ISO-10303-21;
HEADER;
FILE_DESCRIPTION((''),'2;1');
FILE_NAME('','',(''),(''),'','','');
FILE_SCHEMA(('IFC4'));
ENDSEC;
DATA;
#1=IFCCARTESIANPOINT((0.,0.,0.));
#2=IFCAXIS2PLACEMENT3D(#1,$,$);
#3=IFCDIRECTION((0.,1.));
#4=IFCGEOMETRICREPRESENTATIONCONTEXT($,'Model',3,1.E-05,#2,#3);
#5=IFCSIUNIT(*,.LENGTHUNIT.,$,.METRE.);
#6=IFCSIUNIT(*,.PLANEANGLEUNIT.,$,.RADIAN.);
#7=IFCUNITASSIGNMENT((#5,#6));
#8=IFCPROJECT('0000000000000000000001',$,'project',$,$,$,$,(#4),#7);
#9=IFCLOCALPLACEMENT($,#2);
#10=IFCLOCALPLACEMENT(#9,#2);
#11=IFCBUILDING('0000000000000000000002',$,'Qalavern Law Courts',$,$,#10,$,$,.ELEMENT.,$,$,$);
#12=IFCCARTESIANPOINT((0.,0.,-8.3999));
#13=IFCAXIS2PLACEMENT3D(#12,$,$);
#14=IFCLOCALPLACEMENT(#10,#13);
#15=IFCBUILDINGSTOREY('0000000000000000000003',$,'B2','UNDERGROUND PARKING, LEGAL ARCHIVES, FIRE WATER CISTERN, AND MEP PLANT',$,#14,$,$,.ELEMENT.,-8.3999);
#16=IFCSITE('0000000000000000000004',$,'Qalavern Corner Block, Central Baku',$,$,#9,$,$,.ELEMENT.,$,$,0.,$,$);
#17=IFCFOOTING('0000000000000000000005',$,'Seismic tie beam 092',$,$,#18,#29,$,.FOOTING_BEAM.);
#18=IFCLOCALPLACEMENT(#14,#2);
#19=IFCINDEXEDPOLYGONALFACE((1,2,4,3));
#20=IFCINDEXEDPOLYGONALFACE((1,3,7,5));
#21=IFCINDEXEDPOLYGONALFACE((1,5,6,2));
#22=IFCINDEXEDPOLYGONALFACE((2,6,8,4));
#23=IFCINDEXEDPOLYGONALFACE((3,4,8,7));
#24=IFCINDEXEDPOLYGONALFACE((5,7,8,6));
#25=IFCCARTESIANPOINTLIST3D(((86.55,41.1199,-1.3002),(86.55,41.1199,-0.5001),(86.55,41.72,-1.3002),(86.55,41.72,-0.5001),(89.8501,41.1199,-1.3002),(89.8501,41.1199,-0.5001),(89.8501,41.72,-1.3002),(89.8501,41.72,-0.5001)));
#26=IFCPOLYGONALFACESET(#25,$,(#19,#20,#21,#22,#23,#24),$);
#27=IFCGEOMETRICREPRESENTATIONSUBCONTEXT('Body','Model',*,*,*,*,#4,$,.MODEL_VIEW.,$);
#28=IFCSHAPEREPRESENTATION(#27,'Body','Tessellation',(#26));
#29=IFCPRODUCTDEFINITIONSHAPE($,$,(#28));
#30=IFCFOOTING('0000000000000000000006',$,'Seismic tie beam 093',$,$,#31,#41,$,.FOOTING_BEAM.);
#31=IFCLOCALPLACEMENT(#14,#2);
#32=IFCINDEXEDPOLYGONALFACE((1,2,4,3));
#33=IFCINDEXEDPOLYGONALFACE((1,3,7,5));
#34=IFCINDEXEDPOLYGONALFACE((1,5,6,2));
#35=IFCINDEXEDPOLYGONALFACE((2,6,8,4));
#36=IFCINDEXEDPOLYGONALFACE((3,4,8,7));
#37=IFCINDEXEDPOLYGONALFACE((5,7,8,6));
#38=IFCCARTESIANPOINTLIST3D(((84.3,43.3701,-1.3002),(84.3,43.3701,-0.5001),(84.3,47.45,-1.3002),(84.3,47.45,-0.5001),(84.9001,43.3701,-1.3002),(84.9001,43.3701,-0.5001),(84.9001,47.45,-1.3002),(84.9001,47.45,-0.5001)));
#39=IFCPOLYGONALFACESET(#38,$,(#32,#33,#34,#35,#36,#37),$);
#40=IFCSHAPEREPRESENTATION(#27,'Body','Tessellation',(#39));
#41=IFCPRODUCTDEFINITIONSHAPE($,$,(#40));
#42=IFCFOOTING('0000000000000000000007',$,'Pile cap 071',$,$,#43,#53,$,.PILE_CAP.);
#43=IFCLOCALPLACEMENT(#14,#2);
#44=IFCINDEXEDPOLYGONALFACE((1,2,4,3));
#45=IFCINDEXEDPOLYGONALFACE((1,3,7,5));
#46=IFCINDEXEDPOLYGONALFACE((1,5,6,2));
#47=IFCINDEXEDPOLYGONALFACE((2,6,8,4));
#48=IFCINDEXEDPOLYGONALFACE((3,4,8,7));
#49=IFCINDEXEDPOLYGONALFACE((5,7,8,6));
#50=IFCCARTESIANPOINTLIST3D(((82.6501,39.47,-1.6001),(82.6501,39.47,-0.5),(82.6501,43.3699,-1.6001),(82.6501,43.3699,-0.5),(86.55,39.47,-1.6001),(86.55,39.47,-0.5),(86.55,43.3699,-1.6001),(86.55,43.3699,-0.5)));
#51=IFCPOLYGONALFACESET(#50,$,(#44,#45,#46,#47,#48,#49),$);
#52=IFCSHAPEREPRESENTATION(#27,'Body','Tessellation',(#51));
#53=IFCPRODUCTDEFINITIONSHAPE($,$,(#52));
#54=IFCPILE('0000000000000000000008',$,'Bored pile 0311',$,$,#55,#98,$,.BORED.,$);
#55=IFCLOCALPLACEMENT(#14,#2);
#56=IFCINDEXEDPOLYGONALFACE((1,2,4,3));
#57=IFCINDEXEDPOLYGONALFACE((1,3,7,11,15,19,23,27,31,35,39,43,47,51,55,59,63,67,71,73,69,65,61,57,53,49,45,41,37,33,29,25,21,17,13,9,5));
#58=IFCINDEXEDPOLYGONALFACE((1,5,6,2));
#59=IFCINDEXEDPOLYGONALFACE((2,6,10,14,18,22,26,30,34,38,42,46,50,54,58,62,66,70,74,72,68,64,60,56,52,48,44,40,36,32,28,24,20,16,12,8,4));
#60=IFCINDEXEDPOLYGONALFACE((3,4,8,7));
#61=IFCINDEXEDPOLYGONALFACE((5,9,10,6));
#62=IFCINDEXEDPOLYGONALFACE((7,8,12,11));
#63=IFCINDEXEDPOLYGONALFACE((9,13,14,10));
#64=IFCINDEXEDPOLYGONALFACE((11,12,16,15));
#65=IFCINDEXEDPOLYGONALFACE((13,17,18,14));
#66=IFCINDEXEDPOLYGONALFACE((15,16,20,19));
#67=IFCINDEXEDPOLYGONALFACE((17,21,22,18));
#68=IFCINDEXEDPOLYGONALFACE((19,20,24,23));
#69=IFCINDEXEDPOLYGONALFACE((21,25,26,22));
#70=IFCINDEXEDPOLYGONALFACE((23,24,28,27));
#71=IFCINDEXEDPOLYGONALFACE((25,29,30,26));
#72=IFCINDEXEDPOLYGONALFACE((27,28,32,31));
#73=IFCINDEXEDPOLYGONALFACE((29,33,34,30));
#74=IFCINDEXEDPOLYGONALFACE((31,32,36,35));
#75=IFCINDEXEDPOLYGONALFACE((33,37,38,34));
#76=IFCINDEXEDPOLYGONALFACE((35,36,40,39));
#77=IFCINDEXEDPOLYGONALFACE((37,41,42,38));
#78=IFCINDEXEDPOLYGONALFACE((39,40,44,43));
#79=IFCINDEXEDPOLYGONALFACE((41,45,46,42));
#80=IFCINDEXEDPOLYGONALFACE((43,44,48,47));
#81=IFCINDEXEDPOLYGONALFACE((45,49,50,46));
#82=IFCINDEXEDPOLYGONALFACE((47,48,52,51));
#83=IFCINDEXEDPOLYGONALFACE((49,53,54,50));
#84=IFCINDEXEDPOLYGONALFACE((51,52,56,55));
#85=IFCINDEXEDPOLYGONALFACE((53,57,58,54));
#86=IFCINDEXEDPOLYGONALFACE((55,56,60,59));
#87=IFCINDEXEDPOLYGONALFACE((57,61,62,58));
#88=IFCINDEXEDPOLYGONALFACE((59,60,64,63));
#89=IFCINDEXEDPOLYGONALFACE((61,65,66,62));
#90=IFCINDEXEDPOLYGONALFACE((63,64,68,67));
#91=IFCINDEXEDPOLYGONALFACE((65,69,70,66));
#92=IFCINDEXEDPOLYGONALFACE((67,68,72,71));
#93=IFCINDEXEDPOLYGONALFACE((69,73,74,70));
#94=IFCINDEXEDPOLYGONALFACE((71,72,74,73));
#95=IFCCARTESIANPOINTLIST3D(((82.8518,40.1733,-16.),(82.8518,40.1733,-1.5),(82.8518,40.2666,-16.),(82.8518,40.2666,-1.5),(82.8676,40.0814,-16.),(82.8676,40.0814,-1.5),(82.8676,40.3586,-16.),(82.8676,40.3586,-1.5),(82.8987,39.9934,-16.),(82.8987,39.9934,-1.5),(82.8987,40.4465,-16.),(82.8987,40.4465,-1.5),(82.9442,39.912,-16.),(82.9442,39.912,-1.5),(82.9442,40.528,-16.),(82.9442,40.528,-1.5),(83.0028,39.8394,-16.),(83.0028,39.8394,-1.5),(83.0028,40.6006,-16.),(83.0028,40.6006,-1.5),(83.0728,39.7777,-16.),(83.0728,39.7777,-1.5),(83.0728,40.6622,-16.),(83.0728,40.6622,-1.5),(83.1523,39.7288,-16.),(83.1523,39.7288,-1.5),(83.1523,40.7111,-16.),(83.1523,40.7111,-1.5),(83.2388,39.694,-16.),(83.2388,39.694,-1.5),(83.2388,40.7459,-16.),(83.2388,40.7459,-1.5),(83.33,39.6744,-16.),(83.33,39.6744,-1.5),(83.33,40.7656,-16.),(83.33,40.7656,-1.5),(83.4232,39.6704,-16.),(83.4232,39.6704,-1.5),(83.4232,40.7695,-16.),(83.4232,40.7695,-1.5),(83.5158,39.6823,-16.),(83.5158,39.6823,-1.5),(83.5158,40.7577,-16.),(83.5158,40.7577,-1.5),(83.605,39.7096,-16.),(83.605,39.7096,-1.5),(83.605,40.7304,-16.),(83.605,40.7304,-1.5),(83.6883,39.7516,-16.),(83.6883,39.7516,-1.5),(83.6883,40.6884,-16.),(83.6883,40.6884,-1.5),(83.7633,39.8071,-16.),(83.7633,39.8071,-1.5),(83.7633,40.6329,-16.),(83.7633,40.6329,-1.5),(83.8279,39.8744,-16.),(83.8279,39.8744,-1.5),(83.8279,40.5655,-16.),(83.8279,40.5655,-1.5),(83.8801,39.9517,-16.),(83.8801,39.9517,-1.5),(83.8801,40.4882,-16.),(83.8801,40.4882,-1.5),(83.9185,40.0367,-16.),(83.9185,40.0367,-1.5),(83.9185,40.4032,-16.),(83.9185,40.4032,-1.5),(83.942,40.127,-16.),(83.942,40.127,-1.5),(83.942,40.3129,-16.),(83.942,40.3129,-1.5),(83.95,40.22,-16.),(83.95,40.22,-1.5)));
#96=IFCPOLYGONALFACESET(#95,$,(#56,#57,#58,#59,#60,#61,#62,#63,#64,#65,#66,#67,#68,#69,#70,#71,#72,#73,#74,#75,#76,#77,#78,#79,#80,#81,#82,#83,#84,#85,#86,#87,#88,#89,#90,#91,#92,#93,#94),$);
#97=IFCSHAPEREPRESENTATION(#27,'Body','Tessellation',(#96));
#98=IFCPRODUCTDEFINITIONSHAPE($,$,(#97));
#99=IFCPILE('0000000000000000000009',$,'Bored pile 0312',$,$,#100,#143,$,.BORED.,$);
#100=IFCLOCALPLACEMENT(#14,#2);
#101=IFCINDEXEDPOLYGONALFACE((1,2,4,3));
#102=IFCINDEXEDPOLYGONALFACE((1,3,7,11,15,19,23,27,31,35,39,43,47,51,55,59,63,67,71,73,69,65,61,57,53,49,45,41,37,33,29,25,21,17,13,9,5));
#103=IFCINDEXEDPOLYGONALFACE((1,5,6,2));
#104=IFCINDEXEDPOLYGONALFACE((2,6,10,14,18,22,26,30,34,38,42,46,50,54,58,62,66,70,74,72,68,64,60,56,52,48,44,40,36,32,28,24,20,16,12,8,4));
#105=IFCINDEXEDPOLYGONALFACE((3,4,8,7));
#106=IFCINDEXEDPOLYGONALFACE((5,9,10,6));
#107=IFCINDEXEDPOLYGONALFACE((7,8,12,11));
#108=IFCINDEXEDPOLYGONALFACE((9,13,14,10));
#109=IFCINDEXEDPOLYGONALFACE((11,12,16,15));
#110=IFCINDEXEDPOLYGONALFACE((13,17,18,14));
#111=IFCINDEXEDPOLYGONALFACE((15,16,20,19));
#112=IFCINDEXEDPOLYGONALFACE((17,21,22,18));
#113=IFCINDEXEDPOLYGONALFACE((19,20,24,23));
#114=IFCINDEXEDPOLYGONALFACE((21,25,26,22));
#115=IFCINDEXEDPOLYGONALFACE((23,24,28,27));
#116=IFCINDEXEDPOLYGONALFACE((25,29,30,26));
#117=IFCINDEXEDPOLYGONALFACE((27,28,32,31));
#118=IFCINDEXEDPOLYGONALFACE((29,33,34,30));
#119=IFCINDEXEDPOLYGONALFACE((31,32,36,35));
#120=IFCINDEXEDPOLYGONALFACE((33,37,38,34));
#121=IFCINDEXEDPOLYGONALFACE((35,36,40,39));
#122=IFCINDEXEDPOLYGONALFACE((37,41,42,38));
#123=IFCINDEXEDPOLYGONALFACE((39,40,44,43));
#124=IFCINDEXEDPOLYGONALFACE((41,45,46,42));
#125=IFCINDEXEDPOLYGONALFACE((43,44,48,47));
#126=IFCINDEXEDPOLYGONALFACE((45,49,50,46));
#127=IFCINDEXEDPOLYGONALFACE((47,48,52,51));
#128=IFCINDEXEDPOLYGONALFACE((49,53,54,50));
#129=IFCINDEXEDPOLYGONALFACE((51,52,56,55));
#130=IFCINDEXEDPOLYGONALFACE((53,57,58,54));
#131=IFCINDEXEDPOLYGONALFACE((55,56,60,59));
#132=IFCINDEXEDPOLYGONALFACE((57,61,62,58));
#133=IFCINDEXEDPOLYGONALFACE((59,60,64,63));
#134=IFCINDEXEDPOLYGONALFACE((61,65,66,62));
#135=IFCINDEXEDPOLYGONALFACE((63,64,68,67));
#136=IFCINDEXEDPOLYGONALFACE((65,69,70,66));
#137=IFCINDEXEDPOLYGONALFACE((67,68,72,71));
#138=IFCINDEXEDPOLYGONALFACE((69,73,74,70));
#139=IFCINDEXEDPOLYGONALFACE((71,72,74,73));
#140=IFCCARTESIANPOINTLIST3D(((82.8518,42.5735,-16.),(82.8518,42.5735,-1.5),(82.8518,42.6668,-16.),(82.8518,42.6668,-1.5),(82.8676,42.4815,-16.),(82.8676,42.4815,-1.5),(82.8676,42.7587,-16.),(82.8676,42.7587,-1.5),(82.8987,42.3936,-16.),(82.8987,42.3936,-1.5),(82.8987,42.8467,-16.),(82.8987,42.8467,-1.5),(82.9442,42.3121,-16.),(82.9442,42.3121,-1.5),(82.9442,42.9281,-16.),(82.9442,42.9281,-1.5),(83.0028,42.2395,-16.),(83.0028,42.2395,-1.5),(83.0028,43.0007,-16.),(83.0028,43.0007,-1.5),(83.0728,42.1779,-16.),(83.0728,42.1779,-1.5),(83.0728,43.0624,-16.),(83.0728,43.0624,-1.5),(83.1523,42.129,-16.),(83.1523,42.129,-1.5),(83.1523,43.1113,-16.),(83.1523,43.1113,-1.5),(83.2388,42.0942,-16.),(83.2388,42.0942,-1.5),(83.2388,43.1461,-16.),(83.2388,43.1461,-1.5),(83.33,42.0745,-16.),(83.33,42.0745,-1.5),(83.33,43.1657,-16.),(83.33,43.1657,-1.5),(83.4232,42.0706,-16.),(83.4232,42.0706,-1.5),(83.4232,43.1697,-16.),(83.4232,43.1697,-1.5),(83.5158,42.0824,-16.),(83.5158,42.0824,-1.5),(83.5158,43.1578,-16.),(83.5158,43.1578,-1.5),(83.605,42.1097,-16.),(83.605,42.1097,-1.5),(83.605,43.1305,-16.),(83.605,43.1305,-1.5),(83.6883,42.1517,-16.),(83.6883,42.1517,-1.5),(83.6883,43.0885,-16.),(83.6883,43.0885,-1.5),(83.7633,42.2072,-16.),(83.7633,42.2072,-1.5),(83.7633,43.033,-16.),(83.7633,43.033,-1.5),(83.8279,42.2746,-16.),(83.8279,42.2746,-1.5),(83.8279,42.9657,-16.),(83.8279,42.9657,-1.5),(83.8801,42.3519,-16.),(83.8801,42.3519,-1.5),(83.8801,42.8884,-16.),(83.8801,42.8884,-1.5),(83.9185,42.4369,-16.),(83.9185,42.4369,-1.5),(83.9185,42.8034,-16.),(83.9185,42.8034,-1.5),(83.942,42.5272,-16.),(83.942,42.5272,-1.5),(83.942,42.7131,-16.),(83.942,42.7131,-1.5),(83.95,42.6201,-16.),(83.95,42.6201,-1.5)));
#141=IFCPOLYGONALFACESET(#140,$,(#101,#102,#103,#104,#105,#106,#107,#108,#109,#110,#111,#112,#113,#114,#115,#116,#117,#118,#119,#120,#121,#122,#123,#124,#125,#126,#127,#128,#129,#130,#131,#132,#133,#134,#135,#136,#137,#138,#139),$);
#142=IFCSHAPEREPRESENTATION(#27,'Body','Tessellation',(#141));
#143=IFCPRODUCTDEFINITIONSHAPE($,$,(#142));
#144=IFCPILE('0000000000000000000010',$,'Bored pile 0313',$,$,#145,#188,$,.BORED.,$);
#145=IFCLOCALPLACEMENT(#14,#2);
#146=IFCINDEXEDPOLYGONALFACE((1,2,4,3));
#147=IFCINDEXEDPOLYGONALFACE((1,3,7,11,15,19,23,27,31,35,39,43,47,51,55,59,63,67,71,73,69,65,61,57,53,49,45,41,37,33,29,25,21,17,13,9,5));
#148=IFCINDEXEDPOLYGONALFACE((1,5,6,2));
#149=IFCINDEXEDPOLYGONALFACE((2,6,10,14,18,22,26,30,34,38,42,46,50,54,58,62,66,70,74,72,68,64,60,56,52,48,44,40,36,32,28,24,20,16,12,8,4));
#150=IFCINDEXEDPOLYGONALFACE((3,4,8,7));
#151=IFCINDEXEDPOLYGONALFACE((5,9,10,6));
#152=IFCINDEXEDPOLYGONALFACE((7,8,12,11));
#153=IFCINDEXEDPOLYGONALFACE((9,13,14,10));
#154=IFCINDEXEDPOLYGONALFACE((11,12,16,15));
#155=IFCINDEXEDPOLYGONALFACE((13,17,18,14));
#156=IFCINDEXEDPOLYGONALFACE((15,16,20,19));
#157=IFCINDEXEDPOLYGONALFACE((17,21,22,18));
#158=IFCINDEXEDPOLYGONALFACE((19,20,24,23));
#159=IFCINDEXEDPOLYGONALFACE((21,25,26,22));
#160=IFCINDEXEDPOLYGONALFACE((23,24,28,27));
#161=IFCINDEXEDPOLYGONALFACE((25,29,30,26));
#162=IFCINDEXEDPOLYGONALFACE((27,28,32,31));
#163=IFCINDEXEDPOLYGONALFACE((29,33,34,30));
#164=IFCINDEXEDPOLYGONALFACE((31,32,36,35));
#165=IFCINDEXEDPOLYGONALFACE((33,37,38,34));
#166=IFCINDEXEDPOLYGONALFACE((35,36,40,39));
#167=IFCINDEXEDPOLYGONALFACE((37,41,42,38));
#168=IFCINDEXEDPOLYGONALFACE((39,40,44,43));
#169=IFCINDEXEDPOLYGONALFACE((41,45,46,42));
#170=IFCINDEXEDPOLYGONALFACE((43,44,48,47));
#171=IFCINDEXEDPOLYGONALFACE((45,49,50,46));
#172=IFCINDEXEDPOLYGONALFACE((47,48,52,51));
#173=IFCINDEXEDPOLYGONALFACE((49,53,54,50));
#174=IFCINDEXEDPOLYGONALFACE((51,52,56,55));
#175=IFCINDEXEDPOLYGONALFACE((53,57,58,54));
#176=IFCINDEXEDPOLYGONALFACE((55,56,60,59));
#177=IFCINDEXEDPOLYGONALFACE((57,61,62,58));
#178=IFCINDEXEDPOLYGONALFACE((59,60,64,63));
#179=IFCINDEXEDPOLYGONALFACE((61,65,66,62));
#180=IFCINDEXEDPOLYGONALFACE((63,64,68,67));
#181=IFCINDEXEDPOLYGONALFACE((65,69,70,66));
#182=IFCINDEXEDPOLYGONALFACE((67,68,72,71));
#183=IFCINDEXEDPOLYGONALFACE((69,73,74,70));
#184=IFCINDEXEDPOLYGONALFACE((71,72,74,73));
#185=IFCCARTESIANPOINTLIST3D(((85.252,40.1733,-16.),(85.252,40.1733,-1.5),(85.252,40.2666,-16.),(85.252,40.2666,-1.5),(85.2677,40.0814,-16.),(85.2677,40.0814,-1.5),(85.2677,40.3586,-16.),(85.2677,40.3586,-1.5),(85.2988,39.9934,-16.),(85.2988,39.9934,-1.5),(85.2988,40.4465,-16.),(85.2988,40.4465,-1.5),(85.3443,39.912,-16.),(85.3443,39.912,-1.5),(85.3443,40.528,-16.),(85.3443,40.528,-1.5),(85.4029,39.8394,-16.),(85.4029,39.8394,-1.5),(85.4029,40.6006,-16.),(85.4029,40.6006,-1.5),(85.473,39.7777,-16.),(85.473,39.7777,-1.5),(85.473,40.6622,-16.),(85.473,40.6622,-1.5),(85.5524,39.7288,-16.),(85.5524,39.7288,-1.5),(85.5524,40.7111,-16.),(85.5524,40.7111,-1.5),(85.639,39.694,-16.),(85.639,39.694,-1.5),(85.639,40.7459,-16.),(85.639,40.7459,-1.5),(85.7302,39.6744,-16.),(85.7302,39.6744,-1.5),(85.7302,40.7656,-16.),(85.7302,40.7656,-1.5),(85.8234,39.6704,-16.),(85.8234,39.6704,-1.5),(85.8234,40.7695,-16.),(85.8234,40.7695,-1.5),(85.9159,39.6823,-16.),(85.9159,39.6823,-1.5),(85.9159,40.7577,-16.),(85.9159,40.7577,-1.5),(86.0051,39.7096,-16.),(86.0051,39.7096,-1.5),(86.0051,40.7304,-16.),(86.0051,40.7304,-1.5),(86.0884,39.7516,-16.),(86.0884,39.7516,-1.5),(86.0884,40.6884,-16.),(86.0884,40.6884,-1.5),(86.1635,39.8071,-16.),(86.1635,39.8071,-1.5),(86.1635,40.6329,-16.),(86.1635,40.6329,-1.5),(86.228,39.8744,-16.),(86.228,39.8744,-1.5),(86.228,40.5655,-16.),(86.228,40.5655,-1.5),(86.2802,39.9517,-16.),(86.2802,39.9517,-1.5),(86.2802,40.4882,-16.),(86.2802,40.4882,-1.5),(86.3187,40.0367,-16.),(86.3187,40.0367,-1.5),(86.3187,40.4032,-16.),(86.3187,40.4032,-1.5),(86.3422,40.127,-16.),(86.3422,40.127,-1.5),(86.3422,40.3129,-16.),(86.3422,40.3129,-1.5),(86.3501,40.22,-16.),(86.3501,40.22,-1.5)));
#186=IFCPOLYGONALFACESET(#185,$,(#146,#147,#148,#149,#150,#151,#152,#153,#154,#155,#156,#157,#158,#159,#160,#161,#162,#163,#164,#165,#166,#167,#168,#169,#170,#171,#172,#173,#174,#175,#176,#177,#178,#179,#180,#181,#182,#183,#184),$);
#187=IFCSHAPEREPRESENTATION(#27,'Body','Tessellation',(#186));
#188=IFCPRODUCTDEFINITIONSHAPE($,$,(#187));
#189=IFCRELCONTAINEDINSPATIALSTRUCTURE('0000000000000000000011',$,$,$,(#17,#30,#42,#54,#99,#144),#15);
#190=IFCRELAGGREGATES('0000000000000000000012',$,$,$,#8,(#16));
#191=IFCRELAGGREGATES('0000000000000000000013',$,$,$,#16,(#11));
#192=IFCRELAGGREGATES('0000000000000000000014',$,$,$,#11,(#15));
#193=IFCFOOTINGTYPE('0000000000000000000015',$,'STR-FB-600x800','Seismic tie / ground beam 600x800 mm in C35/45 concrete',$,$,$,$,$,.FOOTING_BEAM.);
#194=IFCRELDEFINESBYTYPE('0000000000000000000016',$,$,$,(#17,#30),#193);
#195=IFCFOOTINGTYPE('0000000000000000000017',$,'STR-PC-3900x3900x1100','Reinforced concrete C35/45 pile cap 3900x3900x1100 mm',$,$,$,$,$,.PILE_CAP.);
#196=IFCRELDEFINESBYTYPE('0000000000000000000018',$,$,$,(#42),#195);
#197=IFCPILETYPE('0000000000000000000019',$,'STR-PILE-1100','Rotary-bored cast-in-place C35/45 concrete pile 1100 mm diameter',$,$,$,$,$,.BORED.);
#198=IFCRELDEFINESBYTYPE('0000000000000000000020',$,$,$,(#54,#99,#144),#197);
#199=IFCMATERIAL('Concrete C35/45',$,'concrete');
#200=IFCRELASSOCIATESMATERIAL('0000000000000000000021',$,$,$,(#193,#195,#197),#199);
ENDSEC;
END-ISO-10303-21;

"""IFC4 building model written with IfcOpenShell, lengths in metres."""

from ifc_helpers import new_model, si_unit, direction, frame, origin, origin_2d, place, context, subcontext, project, spatial, rectangle, circle, extrude, material, material_profile, profile_set, type_object, element, save


model = new_model("IFC4")

# Units and contexts
model_context = context("Model", 3, precision=1e-05, world=origin(), true_north=direction((0.0, 1.0)))
body_context = subcontext(model_context, "Body", "Model", "MODEL_VIEW")
ifc_project = project(units=[si_unit("LENGTHUNIT", "METRE"), si_unit("PLANEANGLEUNIT", "RADIAN")], contexts=[model_context])

# Site, building, storey
site_placement = place(None, origin())
site = spatial("IfcSite", under=ifc_project, at=site_placement, Name="Qalavern Corner Block, Central Baku", CompositionType="ELEMENT", RefElevation=0.0)
building_placement = place(site_placement, origin())
building = spatial("IfcBuilding", under=site, at=building_placement, Name="Qalavern Law Courts", CompositionType="ELEMENT")
storey_placement = place(building_placement, frame((0.0, 0.0, -8.3999)))
storey = spatial("IfcBuildingStorey", under=building, at=storey_placement, Name="B2", Description="UNDERGROUND PARKING, LEGAL ARCHIVES, FIRE WATER CISTERN, AND MEP PLANT", CompositionType="ELEMENT", Elevation=-8.3999)

# Footings
ifc_material_1 = material(Name="Concrete C35/45", Category="concrete")
ifc_material_profile_1 = material_profile(ifc_material_1, rectangle(XDim=0.6001, YDim=0.8, at=origin_2d()), Name="RC 600x800")
ifc_profile_set_1 = profile_set([ifc_material_profile_1], Name="Concrete C35/45")
footing_type_1 = type_object("IfcFootingType", Name="STR-FB-600x800", Description="Seismic tie / ground beam 600x800 mm in C35/45 concrete", PredefinedType="FOOTING_BEAM", material=ifc_profile_set_1)
footing_1_placement = place(storey_placement, frame((86.55, 41.4199, -0.9001), z_axis=(1.0, 0.0, 0.0), x_axis=(0.0, 1.0, 0.0)))
element("IfcFooting", 1, at=footing_1_placement, inside=storey, type_object=footing_type_1, Name="Seismic tie beam 092", PredefinedType="FOOTING_BEAM", context=body_context, shape_type="SweptSolid", body=[
    extrude(rectangle(XDim=0.6001, YDim=0.8, at=origin_2d()), origin(), (0.0, 0.0, 1.0), 3.3),
])
footing_2_placement = place(storey_placement, frame((84.6001, 43.3701, -0.9001), z_axis=(0.0, 1.0, 0.0), x_axis=(-1.0, 0.0, 0.0)))
element("IfcFooting", 2, at=footing_2_placement, inside=storey, type_object=footing_type_1, Name="Seismic tie beam 093", PredefinedType="FOOTING_BEAM", context=body_context, shape_type="SweptSolid", body=[
    extrude(rectangle(XDim=0.6001, YDim=0.8, at=origin_2d()), origin(), (0.0, 0.0, 1.0), 4.0798),
])
footing_type_2 = type_object("IfcFootingType", Name="STR-PC-3900x3900x1100", Description="Reinforced concrete C35/45 pile cap 3900x3900x1100 mm", PredefinedType="PILE_CAP", material=ifc_material_1)
footing_3_placement = place(storey_placement, frame((84.6001, 41.4199, -1.6001), z_axis=(0.0, 0.0, 1.0), x_axis=(1.0, 0.0, 0.0)))
element("IfcFooting", 3, at=footing_3_placement, inside=storey, type_object=footing_type_2, Name="Pile cap 071", PredefinedType="PILE_CAP", context=body_context, shape_type="SweptSolid", body=[
    extrude(rectangle(XDim=3.8999, YDim=3.8999, at=origin_2d()), origin(), (0.0, 0.0, 1.0), 1.1001),
])

# Piles
ifc_material_profile_2 = material_profile(ifc_material_1, circle(Radius=0.55, at=origin_2d()), Name="BORED PILE 1100")
ifc_profile_set_2 = profile_set([ifc_material_profile_2], Name="Concrete C35/45")
pile_type_1 = type_object("IfcPileType", Name="STR-PILE-1100", Description="Rotary-bored cast-in-place C35/45 concrete pile 1100 mm diameter", PredefinedType="BORED", material=ifc_profile_set_2)
for number, where, z_axis, x_axis, name in (
    (4, (83.3999, 40.22, -1.5), (0.0, 0.0, -1.0), (1.0, 0.0, 0.0), "Bored pile 0311"),
    (5, (83.3999, 42.6201, -1.5), (0.0, 0.0, -1.0), (1.0, 0.0, 0.0), "Bored pile 0312"),
    (6, (85.8, 40.22, -1.5), (0.0, 0.0, -1.0), (1.0, 0.0, 0.0), "Bored pile 0313"),
):
    element("IfcPile", number, at=place(storey_placement, frame(where, z_axis=z_axis, x_axis=x_axis)), inside=storey, type_object=pile_type_1, Name=name, PredefinedType="BORED", context=body_context, shape_type="SweptSolid", body=[
        extrude(circle(Radius=0.55, at=origin_2d()), origin(), (0.0, 0.0, 1.0), 14.5),
    ])

save(model, "model.ifc")
